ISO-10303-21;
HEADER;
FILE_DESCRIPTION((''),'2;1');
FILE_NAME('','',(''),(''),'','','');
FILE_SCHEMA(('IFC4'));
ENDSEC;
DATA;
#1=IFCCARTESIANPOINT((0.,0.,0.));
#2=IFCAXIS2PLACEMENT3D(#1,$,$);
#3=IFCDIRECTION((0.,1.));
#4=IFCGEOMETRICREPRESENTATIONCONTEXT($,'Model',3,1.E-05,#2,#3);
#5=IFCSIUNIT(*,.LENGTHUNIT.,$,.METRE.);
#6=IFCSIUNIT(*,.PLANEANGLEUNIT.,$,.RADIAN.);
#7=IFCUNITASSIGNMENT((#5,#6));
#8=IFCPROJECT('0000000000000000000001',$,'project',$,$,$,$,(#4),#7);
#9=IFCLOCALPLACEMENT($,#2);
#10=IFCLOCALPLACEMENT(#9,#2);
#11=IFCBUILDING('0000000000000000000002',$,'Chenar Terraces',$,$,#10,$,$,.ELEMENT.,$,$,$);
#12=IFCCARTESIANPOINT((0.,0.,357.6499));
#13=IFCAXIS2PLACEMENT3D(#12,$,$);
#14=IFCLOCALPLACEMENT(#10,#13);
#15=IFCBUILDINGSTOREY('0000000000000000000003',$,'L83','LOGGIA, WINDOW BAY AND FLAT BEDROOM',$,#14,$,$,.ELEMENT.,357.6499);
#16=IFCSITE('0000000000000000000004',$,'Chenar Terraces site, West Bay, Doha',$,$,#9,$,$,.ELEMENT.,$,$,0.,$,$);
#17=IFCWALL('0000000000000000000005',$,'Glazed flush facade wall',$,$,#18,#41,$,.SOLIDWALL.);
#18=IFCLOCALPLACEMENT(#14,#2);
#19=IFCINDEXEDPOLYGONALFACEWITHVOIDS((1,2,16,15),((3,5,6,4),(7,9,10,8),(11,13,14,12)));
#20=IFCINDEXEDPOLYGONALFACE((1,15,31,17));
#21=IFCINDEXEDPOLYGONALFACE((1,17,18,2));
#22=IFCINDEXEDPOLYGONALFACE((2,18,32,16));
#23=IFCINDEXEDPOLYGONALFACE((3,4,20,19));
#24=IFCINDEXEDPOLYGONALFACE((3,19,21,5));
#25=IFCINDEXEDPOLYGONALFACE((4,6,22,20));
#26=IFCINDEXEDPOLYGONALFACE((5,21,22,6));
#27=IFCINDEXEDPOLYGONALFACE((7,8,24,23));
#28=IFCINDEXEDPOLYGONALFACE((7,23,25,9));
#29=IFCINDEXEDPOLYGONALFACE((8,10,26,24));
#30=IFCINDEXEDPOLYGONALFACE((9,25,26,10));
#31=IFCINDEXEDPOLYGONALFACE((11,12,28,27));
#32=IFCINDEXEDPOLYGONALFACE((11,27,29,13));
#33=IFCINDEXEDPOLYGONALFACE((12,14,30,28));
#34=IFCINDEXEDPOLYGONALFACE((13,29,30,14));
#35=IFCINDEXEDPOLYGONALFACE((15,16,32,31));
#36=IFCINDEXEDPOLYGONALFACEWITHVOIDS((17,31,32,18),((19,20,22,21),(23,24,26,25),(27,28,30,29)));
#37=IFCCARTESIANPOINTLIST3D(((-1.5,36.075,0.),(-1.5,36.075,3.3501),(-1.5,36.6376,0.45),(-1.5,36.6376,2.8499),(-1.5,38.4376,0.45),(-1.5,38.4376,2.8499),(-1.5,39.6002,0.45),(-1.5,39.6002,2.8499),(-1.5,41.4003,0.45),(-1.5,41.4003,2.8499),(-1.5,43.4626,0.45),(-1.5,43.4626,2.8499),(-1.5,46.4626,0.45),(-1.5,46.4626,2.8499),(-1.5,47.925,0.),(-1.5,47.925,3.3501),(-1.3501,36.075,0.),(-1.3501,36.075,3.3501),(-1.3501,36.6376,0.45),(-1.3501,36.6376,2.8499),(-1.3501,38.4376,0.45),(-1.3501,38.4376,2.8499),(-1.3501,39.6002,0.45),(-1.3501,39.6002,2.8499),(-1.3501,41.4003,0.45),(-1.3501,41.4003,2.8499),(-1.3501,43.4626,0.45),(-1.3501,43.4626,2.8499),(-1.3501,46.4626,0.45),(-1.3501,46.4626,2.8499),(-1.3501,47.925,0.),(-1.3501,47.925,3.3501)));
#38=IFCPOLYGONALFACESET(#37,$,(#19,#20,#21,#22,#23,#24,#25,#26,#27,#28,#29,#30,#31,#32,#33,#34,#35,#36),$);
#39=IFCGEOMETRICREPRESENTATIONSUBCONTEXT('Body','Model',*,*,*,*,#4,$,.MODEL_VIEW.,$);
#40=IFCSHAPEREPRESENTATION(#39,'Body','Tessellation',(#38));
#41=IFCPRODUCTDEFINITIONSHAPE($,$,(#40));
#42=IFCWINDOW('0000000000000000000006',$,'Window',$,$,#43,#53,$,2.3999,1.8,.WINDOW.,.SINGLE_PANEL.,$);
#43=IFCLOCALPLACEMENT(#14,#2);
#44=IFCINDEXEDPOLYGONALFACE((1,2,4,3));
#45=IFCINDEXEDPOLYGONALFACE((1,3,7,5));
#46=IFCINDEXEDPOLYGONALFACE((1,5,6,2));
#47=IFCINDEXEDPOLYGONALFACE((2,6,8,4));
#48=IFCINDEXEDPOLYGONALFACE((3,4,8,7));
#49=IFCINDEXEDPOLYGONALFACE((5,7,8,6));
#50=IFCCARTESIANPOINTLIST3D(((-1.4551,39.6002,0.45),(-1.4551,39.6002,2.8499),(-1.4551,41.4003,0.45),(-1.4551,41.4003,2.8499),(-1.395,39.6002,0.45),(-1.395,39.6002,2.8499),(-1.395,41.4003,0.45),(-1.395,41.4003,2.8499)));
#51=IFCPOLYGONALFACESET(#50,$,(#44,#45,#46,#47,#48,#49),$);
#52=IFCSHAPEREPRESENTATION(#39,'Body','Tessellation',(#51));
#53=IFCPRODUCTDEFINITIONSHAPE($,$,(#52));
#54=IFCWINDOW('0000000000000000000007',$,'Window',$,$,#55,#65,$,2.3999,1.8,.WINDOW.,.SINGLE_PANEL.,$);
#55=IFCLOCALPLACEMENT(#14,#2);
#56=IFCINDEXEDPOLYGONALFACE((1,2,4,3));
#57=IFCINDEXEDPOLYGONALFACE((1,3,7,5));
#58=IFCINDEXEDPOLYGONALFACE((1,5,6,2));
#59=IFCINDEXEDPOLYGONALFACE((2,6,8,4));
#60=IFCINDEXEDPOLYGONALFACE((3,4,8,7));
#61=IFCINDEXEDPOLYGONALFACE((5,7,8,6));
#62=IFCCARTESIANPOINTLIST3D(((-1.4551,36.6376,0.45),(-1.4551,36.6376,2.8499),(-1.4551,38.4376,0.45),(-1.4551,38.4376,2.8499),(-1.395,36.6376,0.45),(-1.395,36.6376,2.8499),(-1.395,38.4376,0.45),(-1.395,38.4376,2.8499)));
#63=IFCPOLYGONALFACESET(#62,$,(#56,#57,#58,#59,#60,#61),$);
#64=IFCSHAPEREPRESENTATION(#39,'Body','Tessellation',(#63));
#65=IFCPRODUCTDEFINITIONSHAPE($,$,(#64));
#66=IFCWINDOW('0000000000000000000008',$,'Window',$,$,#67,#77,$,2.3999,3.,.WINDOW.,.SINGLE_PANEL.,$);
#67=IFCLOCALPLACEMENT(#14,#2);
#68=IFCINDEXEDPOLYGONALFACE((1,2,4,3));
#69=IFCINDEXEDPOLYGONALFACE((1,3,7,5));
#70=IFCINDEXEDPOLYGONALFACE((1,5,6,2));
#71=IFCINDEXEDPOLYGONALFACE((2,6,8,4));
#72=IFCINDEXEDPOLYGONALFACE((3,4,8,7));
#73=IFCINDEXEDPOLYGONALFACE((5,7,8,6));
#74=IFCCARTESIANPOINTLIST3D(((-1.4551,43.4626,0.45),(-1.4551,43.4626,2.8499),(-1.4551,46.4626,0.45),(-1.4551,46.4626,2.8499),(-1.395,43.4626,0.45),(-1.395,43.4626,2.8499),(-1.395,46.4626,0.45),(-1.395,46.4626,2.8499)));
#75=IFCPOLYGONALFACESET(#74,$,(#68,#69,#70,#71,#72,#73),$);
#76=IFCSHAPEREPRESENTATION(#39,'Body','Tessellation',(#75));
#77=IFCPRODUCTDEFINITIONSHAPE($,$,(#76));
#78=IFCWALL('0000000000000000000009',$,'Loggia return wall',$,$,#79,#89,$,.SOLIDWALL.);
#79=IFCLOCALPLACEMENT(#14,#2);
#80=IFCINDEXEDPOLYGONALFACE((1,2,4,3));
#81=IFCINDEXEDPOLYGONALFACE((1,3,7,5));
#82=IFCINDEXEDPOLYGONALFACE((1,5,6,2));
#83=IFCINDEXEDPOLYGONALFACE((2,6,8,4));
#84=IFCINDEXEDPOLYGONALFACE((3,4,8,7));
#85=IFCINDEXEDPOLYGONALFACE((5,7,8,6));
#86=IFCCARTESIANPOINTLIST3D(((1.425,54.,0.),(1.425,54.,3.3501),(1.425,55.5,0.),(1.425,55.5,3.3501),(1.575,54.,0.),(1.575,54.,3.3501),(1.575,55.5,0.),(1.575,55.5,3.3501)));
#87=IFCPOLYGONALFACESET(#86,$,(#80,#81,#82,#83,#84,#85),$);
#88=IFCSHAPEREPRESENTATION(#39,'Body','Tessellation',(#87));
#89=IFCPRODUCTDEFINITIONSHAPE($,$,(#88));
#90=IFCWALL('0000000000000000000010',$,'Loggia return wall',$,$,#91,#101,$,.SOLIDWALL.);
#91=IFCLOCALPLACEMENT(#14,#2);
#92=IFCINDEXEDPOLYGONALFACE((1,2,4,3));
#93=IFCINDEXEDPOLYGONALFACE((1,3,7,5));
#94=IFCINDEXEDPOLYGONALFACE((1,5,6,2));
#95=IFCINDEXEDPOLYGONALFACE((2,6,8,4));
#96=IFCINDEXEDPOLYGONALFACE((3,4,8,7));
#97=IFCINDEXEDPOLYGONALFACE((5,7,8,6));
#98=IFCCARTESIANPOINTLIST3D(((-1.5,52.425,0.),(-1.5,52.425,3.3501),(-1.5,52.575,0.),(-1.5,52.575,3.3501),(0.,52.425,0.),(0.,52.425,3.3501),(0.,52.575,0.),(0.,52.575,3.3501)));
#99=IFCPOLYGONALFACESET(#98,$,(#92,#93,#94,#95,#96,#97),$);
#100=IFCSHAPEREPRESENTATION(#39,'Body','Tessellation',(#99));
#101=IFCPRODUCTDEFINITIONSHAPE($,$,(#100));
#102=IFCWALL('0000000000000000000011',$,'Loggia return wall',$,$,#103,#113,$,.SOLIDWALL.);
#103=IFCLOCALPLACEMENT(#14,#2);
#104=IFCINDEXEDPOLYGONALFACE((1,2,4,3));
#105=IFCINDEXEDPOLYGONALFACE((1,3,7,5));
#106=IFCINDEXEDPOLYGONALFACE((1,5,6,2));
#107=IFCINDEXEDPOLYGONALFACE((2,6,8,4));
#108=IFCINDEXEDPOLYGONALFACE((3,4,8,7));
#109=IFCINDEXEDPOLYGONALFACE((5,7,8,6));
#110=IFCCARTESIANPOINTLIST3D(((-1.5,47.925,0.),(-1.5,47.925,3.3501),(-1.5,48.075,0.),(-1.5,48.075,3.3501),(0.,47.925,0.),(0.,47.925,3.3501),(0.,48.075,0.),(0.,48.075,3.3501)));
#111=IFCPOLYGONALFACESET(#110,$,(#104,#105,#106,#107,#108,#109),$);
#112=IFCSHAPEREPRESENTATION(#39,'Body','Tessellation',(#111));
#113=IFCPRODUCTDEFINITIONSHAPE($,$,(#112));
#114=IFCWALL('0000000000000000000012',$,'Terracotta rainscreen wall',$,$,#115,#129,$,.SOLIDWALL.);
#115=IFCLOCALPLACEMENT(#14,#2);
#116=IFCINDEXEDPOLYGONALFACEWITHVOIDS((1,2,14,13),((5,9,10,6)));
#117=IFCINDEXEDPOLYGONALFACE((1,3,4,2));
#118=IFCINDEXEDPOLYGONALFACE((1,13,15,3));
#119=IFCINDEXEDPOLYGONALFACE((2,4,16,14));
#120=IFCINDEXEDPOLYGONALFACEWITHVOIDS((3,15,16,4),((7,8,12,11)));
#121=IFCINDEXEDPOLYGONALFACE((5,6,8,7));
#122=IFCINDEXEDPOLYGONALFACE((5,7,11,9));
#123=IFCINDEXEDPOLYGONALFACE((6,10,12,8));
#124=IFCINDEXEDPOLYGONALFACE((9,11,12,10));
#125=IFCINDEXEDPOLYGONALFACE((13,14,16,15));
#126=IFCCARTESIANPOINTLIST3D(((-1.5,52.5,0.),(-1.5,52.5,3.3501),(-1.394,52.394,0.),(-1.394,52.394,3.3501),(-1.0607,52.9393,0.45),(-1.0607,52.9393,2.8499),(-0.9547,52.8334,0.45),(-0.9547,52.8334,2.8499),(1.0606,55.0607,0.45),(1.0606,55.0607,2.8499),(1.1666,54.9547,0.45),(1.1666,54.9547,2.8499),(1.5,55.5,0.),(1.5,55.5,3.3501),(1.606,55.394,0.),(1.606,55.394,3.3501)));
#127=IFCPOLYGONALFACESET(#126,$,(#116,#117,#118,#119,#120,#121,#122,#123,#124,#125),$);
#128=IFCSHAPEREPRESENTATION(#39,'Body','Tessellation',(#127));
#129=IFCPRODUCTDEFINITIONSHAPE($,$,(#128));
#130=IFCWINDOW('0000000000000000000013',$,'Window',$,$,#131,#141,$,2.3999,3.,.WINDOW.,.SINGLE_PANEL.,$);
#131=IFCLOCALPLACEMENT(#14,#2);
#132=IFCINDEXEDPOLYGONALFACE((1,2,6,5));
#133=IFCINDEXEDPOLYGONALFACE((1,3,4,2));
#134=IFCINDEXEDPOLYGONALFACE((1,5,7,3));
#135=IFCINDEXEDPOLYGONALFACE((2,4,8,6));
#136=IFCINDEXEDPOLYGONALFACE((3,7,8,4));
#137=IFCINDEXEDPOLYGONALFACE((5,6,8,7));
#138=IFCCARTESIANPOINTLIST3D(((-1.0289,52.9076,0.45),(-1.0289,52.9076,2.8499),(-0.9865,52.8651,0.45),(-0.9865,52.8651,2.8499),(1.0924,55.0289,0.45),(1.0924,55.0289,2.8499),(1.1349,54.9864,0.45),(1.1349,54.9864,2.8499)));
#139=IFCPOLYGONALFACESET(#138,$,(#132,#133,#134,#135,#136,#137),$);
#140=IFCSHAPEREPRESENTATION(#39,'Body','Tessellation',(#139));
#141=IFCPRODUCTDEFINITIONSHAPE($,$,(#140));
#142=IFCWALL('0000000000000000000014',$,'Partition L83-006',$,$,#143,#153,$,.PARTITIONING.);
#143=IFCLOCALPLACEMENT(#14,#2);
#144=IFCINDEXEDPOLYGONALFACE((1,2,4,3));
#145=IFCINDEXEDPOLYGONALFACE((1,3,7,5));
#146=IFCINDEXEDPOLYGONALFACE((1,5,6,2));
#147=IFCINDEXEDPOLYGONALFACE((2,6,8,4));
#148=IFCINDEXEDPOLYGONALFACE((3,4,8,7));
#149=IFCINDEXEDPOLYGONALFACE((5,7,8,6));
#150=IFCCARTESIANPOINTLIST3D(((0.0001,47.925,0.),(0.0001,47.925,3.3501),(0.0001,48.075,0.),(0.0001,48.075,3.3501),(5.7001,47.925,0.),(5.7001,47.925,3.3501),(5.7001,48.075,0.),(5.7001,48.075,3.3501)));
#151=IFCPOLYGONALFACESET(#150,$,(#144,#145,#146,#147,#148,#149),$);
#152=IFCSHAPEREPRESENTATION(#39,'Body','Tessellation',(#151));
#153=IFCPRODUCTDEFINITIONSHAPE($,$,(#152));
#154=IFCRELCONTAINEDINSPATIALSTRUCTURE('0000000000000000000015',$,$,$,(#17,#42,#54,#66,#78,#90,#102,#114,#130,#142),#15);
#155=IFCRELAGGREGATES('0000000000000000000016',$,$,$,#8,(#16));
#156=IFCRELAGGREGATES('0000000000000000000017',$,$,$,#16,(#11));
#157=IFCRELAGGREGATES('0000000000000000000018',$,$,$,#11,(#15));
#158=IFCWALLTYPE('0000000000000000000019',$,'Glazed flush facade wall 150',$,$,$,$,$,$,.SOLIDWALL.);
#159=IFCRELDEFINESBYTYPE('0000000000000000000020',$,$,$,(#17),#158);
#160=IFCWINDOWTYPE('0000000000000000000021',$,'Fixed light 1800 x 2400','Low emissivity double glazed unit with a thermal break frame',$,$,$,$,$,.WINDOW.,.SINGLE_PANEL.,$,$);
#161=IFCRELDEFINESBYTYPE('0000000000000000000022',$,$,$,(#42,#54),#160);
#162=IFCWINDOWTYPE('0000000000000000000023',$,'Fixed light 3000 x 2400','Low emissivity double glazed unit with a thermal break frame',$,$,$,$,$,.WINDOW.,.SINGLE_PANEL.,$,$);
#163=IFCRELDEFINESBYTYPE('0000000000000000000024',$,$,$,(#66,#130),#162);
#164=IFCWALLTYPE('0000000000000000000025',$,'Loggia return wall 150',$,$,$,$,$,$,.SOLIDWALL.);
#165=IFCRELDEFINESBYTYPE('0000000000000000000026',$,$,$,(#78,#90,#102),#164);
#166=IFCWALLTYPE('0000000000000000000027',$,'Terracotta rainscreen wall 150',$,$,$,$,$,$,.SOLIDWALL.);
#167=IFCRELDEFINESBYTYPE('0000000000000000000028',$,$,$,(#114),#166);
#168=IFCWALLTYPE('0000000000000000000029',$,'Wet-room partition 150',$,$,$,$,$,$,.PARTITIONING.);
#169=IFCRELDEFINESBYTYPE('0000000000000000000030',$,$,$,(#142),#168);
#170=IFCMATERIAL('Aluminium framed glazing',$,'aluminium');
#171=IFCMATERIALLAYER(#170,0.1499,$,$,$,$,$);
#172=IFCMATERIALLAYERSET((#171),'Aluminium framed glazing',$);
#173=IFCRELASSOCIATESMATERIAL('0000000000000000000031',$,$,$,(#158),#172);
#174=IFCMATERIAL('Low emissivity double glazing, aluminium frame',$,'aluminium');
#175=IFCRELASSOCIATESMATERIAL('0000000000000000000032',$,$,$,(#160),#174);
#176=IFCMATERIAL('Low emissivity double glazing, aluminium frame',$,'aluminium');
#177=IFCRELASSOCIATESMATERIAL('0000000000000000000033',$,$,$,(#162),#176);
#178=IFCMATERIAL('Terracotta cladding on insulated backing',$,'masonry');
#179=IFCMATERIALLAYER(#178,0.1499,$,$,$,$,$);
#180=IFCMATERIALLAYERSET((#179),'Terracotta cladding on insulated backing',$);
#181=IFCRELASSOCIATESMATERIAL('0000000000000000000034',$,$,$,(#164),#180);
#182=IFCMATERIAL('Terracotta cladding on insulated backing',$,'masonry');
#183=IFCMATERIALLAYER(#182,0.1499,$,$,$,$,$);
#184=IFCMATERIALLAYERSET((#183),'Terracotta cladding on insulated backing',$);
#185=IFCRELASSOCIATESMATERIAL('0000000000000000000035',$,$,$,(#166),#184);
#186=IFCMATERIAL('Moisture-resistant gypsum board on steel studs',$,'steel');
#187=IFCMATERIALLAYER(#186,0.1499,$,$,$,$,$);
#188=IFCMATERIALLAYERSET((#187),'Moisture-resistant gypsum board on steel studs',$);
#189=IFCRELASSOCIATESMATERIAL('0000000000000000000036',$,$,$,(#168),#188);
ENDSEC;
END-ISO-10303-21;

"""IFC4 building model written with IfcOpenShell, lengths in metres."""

from ifc_helpers import new_model, si_unit, direction, frame, frame_2d, origin, place, context, subcontext, project, spatial, rectangle, extrude, material, layer, layer_set, type_object, element, fill, save


model = new_model("IFC4")

# Units and contexts
model_context = context("Model", 3, precision=1e-05, world=origin(), true_north=direction((0.0, 1.0)))
body_context = subcontext(model_context, "Body", "Model", "MODEL_VIEW")
ifc_project = project(units=[si_unit("LENGTHUNIT", "METRE"), si_unit("PLANEANGLEUNIT", "RADIAN")], contexts=[model_context])

# Site, building, storey
site_placement = place(None, origin())
site = spatial("IfcSite", under=ifc_project, at=site_placement, Name="Chenar Terraces site, West Bay, Doha", CompositionType="ELEMENT", RefElevation=0.0)
building_placement = place(site_placement, origin())
building = spatial("IfcBuilding", under=site, at=building_placement, Name="Chenar Terraces", CompositionType="ELEMENT")
storey_placement = place(building_placement, frame((0.0, 0.0, 357.6499)))
storey = spatial("IfcBuildingStorey", under=building, at=storey_placement, Name="L83", Description="LOGGIA, WINDOW BAY AND FLAT BEDROOM", CompositionType="ELEMENT", Elevation=357.6499)

# Wall, openings, windows
ifc_material_1 = material(Name="Aluminium framed glazing", Category="aluminium")
ifc_layer_1 = layer(ifc_material_1, 0.1499)
ifc_layer_set_1 = layer_set([ifc_layer_1], Name="Aluminium framed glazing")
wall_type_1 = type_object("IfcWallType", Name="Glazed flush facade wall 150", PredefinedType="SOLIDWALL", material=ifc_layer_set_1)
wall_1_placement = place(storey_placement, frame((-1.425, 47.925, 0.0), z_axis=(0.0, 0.0, 1.0), x_axis=(0.0, -1.0, 0.0)))
wall_1 = element("IfcWall", 1, at=wall_1_placement, inside=storey, type_object=wall_type_1, Name="Glazed flush facade wall", PredefinedType="SOLIDWALL", context=body_context, shape_type="SweptSolid", body=[
    extrude(rectangle(XDim=11.8501, YDim=0.1499, at=frame_2d((5.925, 0.0))), origin(), (0.0, 0.0, 1.0), 3.3501),
])
opening_1_placement = place(wall_1_placement, frame((1.4624, 0.0, 0.45)))
opening_1 = element("IfcOpeningElement", 2, at=opening_1_placement, cuts=wall_1, PredefinedType="OPENING", context=body_context, shape_type="SweptSolid", body=[
    extrude(rectangle(XDim=3.0, YDim=2.3999, at=frame_2d((1.5, 1.2))), frame((0.0, 0.085, 0.0), z_axis=(0.0, -1.0, 0.0), x_axis=(1.0, 0.0, 0.0)), (0.0, 0.0, 1.0), 0.1699),
])
opening_2_placement = place(wall_1_placement, frame((6.5249, 0.0, 0.45)))
opening_2 = element("IfcOpeningElement", 3, at=opening_2_placement, cuts=wall_1, PredefinedType="OPENING", context=body_context, shape_type="SweptSolid", body=[
    extrude(rectangle(XDim=1.8, YDim=2.3999, at=frame_2d((0.8999, 1.2))), frame((0.0, 0.085, 0.0), z_axis=(0.0, -1.0, 0.0), x_axis=(1.0, 0.0, 0.0)), (0.0, 0.0, 1.0), 0.1699),
])
opening_3_placement = place(wall_1_placement, frame((9.4875, 0.0, 0.45)))
opening_3 = element("IfcOpeningElement", 4, at=opening_3_placement, cuts=wall_1, PredefinedType="OPENING", context=body_context, shape_type="SweptSolid", body=[
    extrude(rectangle(XDim=1.8, YDim=2.3999, at=frame_2d((0.8999, 1.2))), frame((0.0, 0.085, 0.0), z_axis=(0.0, -1.0, 0.0), x_axis=(1.0, 0.0, 0.0)), (0.0, 0.0, 1.0), 0.1699),
])
ifc_material_2 = material(Name="Low emissivity double glazing, aluminium frame", Category="aluminium")
window_type_1 = type_object("IfcWindowType", Name="Fixed light 1800 x 2400", Description="Low emissivity double glazed unit with a thermal break frame", PartitioningType="SINGLE_PANEL", PredefinedType="WINDOW", material=ifc_material_2)
window_1_placement = place(opening_2_placement, origin())
window_1 = element("IfcWindow", 5, at=window_1_placement, inside=storey, type_object=window_type_1, Name="Window", OverallHeight=2.3999, OverallWidth=1.8, PartitioningType="SINGLE_PANEL", PredefinedType="WINDOW", context=body_context, shape_type="SweptSolid", body=[
    extrude(rectangle(XDim=1.8, YDim=2.3999, at=frame_2d((0.8999, 1.2))), frame((0.0, 0.03, 0.0), z_axis=(0.0, -1.0, 0.0), x_axis=(1.0, 0.0, 0.0)), (0.0, 0.0, 1.0), 0.0601),
])
fill(opening_2, window_1)
window_2_placement = place(opening_3_placement, origin())
window_2 = element("IfcWindow", 6, at=window_2_placement, inside=storey, type_object=window_type_1, Name="Window", OverallHeight=2.3999, OverallWidth=1.8, PartitioningType="SINGLE_PANEL", PredefinedType="WINDOW", context=body_context, shape_type="SweptSolid", body=[
    extrude(rectangle(XDim=1.8, YDim=2.3999, at=frame_2d((0.8999, 1.2))), frame((0.0, 0.03, 0.0), z_axis=(0.0, -1.0, 0.0), x_axis=(1.0, 0.0, 0.0)), (0.0, 0.0, 1.0), 0.0601),
])
fill(opening_3, window_2)
ifc_material_3 = material(Name="Low emissivity double glazing, aluminium frame", Category="aluminium")
window_type_2 = type_object("IfcWindowType", Name="Fixed light 3000 x 2400", Description="Low emissivity double glazed unit with a thermal break frame", PartitioningType="SINGLE_PANEL", PredefinedType="WINDOW", material=ifc_material_3)
window_3_placement = place(opening_1_placement, origin())
window_3 = element("IfcWindow", 7, at=window_3_placement, inside=storey, type_object=window_type_2, Name="Window", OverallHeight=2.3999, OverallWidth=3.0, PartitioningType="SINGLE_PANEL", PredefinedType="WINDOW", context=body_context, shape_type="SweptSolid", body=[
    extrude(rectangle(XDim=3.0, YDim=2.3999, at=frame_2d((1.5, 1.2))), frame((0.0, 0.03, 0.0), z_axis=(0.0, -1.0, 0.0), x_axis=(1.0, 0.0, 0.0)), (0.0, 0.0, 1.0), 0.0601),
])
fill(opening_1, window_3)

# Walls
ifc_material_4 = material(Name="Terracotta cladding on insulated backing", Category="masonry")
ifc_layer_2 = layer(ifc_material_4, 0.1499)
ifc_layer_set_2 = layer_set([ifc_layer_2], Name="Terracotta cladding on insulated backing")
wall_type_2 = type_object("IfcWallType", Name="Loggia return wall 150", PredefinedType="SOLIDWALL", material=ifc_layer_set_2)
for number, where, z_axis, x_axis, name in (
    (8, (1.5, 55.5, 0.0), (0.0, 0.0, 1.0), (0.0, -1.0, 0.0), "Loggia return wall"),
    (9, (-1.5, 52.5, 0.0), (0.0, 0.0, 1.0), (1.0, 0.0, 0.0), "Loggia return wall"),
    (10, (-1.5, 48.0, 0.0), (0.0, 0.0, 1.0), (1.0, 0.0, 0.0), "Loggia return wall"),
):
    element("IfcWall", number, at=place(storey_placement, frame(where, z_axis=z_axis, x_axis=x_axis)), inside=storey, type_object=wall_type_2, Name=name, PredefinedType="SOLIDWALL", context=body_context, shape_type="SweptSolid", body=[
        extrude(rectangle(XDim=1.5, YDim=0.1499, at=frame_2d((0.75, 0.0))), origin(), (0.0, 0.0, 1.0), 3.3501),
    ])

# Wall, opening, window
ifc_material_5 = material(Name="Terracotta cladding on insulated backing", Category="masonry")
ifc_layer_3 = layer(ifc_material_5, 0.1499)
ifc_layer_set_3 = layer_set([ifc_layer_3], Name="Terracotta cladding on insulated backing")
wall_type_3 = type_object("IfcWallType", Name="Terracotta rainscreen wall 150", PredefinedType="SOLIDWALL", material=ifc_layer_set_3)
wall_2_placement = place(storey_placement, frame((1.553, 55.447, 0.0), z_axis=(0.0, 0.0, 1.0), x_axis=(-0.707107, -0.707107, 0.0)))
wall_2 = element("IfcWall", 11, at=wall_2_placement, inside=storey, type_object=wall_type_3, Name="Terracotta rainscreen wall", PredefinedType="SOLIDWALL", context=body_context, shape_type="SweptSolid", body=[
    extrude(rectangle(XDim=4.2427, YDim=0.1499, at=frame_2d((2.1213, 0.0))), origin(), (0.0, 0.0, 1.0), 3.3501),
])
opening_4_placement = place(wall_2_placement, frame((0.6213, 0.0, 0.45)))
opening_4 = element("IfcOpeningElement", 12, at=opening_4_placement, cuts=wall_2, PredefinedType="OPENING", context=body_context, shape_type="SweptSolid", body=[
    extrude(rectangle(XDim=3.0, YDim=2.3999, at=frame_2d((1.5, 1.2))), frame((0.0, 0.085, 0.0), z_axis=(0.0, -1.0, 0.0), x_axis=(1.0, 0.0, 0.0)), (0.0, 0.0, 1.0), 0.1699),
])
window_4_placement = place(opening_4_placement, origin())
window_4 = element("IfcWindow", 13, at=window_4_placement, inside=storey, type_object=window_type_2, Name="Window", OverallHeight=2.3999, OverallWidth=3.0, PartitioningType="SINGLE_PANEL", PredefinedType="WINDOW", context=body_context, shape_type="SweptSolid", body=[
    extrude(rectangle(XDim=3.0, YDim=2.3999, at=frame_2d((1.5, 1.2))), frame((0.0, 0.03, 0.0), z_axis=(0.0, -1.0, 0.0), x_axis=(1.0, 0.0, 0.0)), (0.0, 0.0, 1.0), 0.0601),
])
fill(opening_4, window_4)

# Wall
ifc_material_6 = material(Name="Moisture-resistant gypsum board on steel studs", Category="steel")
ifc_layer_4 = layer(ifc_material_6, 0.1499)
ifc_layer_set_4 = layer_set([ifc_layer_4], Name="Moisture-resistant gypsum board on steel studs")
wall_type_4 = type_object("IfcWallType", Name="Wet-room partition 150", PredefinedType="PARTITIONING", material=ifc_layer_set_4)
wall_3_placement = place(storey_placement, frame((0.0, 48.0, 0.0), z_axis=(0.0, 0.0, 1.0), x_axis=(1.0, 0.0, 0.0)))
element("IfcWall", 14, at=wall_3_placement, inside=storey, type_object=wall_type_4, Name="Partition L83-006", PredefinedType="PARTITIONING", context=body_context, shape_type="SweptSolid", body=[
    extrude(rectangle(XDim=5.7, YDim=0.1499, at=frame_2d((2.8501, 0.0))), origin(), (0.0, 0.0, 1.0), 3.3501),
])

save(model, "model.ifc")
